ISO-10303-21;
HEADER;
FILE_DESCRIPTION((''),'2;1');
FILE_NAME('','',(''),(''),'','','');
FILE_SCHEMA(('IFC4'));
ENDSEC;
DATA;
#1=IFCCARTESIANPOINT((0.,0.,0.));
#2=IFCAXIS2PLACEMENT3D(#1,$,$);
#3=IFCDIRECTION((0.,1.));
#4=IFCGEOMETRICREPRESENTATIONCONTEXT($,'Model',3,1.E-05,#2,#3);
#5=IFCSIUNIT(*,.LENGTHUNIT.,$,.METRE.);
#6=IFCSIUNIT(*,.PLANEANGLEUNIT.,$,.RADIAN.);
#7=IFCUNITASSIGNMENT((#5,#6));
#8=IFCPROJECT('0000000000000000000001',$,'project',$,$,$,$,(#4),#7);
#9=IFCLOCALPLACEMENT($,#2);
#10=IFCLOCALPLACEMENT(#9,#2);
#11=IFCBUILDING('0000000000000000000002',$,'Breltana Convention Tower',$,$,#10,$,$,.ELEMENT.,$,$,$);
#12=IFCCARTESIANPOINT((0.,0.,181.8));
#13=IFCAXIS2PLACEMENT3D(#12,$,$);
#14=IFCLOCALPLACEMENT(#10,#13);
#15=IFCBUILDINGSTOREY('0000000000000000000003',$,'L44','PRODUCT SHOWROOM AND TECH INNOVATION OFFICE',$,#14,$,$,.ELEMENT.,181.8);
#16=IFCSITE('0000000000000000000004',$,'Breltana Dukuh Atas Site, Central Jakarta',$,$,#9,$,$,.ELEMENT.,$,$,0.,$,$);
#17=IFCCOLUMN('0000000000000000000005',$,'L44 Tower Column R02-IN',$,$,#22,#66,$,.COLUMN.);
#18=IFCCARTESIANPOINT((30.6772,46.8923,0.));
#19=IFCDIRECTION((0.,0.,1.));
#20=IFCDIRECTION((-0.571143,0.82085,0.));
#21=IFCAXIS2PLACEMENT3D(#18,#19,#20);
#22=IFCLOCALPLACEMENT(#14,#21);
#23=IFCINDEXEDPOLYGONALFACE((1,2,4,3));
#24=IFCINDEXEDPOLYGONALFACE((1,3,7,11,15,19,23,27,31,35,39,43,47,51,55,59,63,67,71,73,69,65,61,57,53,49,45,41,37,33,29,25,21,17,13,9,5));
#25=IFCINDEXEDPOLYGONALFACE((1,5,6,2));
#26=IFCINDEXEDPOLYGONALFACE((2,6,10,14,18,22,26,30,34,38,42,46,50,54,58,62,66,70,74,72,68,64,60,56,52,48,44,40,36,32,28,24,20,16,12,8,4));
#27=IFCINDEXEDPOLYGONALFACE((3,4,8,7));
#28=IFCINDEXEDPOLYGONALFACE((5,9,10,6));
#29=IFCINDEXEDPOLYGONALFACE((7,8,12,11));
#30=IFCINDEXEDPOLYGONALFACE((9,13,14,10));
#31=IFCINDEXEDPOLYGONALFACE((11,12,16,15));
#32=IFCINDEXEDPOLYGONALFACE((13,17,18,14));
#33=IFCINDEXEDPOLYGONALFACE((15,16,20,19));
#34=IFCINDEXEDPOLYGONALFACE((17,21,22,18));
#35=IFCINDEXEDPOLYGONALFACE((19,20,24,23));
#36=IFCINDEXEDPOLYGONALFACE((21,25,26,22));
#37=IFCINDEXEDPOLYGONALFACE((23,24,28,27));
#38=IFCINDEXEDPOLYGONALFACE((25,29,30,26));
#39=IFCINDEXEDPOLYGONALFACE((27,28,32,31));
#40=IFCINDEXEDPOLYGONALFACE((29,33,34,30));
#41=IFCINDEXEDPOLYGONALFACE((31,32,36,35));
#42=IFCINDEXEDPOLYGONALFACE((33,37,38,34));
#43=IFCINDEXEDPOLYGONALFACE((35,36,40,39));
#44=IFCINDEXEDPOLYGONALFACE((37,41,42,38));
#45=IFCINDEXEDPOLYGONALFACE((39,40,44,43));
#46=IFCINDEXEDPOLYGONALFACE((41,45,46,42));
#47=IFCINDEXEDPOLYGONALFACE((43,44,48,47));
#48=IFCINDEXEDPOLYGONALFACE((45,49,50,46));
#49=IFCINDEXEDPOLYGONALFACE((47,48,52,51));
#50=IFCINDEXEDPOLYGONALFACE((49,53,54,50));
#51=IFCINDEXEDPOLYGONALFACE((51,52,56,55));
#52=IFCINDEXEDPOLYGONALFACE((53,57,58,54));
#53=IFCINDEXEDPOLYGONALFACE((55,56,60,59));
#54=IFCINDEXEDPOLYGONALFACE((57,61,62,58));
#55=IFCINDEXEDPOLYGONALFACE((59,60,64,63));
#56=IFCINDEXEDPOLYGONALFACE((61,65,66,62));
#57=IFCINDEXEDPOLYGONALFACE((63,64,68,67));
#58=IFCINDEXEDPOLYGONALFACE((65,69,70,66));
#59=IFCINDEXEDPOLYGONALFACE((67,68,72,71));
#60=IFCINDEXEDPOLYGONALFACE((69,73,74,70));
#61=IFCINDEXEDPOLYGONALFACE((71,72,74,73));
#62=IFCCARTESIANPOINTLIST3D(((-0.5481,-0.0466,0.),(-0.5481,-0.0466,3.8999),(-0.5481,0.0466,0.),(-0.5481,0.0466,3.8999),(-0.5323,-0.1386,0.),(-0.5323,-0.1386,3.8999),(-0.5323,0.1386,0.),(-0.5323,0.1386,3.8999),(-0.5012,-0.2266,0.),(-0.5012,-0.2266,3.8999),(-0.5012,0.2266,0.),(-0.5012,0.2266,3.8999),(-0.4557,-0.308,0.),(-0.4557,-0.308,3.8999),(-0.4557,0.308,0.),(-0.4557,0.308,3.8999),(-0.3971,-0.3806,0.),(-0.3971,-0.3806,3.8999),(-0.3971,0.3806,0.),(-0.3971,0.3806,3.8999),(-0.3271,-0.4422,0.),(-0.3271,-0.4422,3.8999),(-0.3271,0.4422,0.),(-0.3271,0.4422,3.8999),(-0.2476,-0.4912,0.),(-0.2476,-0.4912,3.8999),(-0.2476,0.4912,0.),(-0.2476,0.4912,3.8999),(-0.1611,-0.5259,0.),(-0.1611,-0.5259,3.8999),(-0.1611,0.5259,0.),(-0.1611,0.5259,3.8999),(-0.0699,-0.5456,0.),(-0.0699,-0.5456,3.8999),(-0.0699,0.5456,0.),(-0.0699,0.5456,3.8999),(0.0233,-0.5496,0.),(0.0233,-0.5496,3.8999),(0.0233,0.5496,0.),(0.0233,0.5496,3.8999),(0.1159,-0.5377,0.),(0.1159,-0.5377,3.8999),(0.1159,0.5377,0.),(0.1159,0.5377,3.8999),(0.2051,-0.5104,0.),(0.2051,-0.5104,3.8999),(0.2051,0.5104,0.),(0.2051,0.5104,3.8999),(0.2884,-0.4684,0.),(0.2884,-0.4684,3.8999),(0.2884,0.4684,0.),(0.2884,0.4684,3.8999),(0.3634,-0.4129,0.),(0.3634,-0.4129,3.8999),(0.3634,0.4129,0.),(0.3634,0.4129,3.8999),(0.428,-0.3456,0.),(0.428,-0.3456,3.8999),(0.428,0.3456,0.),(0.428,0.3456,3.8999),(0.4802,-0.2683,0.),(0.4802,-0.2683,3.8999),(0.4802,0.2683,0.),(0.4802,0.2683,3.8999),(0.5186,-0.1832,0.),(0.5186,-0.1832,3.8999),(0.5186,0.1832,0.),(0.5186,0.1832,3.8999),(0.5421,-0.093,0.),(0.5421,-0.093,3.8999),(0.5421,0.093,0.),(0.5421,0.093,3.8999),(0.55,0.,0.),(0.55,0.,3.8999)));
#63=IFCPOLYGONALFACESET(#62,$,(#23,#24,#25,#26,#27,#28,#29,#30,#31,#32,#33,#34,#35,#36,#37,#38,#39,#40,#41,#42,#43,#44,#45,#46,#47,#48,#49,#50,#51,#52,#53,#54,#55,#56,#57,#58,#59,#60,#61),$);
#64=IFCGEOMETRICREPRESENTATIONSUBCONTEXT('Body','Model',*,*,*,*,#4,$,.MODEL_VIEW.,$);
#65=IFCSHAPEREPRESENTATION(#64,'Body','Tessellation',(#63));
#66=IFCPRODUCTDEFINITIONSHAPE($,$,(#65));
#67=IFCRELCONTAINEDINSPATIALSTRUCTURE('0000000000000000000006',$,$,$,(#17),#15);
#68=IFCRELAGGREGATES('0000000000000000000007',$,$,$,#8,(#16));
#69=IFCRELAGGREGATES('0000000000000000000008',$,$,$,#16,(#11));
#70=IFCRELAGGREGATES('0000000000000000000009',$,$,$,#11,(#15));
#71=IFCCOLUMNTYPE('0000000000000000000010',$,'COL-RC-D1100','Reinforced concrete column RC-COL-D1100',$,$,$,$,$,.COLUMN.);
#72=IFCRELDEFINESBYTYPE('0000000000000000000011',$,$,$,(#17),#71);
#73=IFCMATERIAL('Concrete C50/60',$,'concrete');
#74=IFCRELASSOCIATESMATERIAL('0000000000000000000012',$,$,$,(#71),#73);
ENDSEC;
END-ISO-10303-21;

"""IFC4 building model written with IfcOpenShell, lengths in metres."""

from ifc_helpers import new_model, si_unit, direction, frame, origin, origin_2d, place, context, subcontext, project, spatial, circle, extrude, source, transform, mapped, material, material_profile, profile_set, type_object, element, save


model = new_model("IFC4")

# Units and contexts
model_context = context("Model", 3, precision=1e-05, world=origin(), true_north=direction((0.0, 1.0)))
body_context = subcontext(model_context, "Body", "Model", "MODEL_VIEW")
ifc_project = project(units=[si_unit("LENGTHUNIT", "METRE"), si_unit("PLANEANGLEUNIT", "RADIAN")], contexts=[model_context])

# Site, building, storey
site_placement = place(None, origin())
site = spatial("IfcSite", under=ifc_project, at=site_placement, Name="Breltana Dukuh Atas Site, Central Jakarta", CompositionType="ELEMENT", RefElevation=0.0)
building_placement = place(site_placement, origin())
building = spatial("IfcBuilding", under=site, at=building_placement, Name="Breltana Convention Tower", CompositionType="ELEMENT")
storey_placement = place(building_placement, frame((0.0, 0.0, 181.8)))
storey = spatial("IfcBuildingStorey", under=building, at=storey_placement, Name="L44", Description="PRODUCT SHOWROOM AND TECH INNOVATION OFFICE", CompositionType="ELEMENT", Elevation=181.8)

# Column
ifc_material_1 = material(Name="Concrete C50/60", Category="concrete")
ifc_material_profile_1 = material_profile(ifc_material_1, circle(Radius=0.55, at=origin_2d()), Name="RC-COL-D1100")
ifc_profile_set_1 = profile_set([ifc_material_profile_1], Name="Concrete C50/60")
column_type = type_object("IfcColumnType", Name="COL-RC-D1100", Description="Reinforced concrete column RC-COL-D1100", PredefinedType="COLUMN", material=ifc_profile_set_1)
shared_shape_1 = source(origin(), body_context, "Body", "SweptSolid", [
    extrude(circle(Radius=0.55, at=origin_2d()), origin(), (0.0, 0.0, 1.0), 3.8999),
])
for number, where, z_axis, x_axis, name in (
    (1, (30.6772, 46.8923, 0.0), (0.0, 0.0, 1.0), (-0.571143, 0.82085, 0.0), "L44 Tower Column R02-IN"),
):
    element("IfcColumn", number, at=place(storey_placement, frame(where, z_axis=z_axis, x_axis=x_axis)), inside=storey, type_object=column_type, Name=name, PredefinedType="COLUMN", context=body_context, shape_type="MappedRepresentation", body=[
        mapped(shared_shape_1, transform((0.0, 0.0, 0.0), scale=1.0)),
    ])

save(model, "model.ifc")
